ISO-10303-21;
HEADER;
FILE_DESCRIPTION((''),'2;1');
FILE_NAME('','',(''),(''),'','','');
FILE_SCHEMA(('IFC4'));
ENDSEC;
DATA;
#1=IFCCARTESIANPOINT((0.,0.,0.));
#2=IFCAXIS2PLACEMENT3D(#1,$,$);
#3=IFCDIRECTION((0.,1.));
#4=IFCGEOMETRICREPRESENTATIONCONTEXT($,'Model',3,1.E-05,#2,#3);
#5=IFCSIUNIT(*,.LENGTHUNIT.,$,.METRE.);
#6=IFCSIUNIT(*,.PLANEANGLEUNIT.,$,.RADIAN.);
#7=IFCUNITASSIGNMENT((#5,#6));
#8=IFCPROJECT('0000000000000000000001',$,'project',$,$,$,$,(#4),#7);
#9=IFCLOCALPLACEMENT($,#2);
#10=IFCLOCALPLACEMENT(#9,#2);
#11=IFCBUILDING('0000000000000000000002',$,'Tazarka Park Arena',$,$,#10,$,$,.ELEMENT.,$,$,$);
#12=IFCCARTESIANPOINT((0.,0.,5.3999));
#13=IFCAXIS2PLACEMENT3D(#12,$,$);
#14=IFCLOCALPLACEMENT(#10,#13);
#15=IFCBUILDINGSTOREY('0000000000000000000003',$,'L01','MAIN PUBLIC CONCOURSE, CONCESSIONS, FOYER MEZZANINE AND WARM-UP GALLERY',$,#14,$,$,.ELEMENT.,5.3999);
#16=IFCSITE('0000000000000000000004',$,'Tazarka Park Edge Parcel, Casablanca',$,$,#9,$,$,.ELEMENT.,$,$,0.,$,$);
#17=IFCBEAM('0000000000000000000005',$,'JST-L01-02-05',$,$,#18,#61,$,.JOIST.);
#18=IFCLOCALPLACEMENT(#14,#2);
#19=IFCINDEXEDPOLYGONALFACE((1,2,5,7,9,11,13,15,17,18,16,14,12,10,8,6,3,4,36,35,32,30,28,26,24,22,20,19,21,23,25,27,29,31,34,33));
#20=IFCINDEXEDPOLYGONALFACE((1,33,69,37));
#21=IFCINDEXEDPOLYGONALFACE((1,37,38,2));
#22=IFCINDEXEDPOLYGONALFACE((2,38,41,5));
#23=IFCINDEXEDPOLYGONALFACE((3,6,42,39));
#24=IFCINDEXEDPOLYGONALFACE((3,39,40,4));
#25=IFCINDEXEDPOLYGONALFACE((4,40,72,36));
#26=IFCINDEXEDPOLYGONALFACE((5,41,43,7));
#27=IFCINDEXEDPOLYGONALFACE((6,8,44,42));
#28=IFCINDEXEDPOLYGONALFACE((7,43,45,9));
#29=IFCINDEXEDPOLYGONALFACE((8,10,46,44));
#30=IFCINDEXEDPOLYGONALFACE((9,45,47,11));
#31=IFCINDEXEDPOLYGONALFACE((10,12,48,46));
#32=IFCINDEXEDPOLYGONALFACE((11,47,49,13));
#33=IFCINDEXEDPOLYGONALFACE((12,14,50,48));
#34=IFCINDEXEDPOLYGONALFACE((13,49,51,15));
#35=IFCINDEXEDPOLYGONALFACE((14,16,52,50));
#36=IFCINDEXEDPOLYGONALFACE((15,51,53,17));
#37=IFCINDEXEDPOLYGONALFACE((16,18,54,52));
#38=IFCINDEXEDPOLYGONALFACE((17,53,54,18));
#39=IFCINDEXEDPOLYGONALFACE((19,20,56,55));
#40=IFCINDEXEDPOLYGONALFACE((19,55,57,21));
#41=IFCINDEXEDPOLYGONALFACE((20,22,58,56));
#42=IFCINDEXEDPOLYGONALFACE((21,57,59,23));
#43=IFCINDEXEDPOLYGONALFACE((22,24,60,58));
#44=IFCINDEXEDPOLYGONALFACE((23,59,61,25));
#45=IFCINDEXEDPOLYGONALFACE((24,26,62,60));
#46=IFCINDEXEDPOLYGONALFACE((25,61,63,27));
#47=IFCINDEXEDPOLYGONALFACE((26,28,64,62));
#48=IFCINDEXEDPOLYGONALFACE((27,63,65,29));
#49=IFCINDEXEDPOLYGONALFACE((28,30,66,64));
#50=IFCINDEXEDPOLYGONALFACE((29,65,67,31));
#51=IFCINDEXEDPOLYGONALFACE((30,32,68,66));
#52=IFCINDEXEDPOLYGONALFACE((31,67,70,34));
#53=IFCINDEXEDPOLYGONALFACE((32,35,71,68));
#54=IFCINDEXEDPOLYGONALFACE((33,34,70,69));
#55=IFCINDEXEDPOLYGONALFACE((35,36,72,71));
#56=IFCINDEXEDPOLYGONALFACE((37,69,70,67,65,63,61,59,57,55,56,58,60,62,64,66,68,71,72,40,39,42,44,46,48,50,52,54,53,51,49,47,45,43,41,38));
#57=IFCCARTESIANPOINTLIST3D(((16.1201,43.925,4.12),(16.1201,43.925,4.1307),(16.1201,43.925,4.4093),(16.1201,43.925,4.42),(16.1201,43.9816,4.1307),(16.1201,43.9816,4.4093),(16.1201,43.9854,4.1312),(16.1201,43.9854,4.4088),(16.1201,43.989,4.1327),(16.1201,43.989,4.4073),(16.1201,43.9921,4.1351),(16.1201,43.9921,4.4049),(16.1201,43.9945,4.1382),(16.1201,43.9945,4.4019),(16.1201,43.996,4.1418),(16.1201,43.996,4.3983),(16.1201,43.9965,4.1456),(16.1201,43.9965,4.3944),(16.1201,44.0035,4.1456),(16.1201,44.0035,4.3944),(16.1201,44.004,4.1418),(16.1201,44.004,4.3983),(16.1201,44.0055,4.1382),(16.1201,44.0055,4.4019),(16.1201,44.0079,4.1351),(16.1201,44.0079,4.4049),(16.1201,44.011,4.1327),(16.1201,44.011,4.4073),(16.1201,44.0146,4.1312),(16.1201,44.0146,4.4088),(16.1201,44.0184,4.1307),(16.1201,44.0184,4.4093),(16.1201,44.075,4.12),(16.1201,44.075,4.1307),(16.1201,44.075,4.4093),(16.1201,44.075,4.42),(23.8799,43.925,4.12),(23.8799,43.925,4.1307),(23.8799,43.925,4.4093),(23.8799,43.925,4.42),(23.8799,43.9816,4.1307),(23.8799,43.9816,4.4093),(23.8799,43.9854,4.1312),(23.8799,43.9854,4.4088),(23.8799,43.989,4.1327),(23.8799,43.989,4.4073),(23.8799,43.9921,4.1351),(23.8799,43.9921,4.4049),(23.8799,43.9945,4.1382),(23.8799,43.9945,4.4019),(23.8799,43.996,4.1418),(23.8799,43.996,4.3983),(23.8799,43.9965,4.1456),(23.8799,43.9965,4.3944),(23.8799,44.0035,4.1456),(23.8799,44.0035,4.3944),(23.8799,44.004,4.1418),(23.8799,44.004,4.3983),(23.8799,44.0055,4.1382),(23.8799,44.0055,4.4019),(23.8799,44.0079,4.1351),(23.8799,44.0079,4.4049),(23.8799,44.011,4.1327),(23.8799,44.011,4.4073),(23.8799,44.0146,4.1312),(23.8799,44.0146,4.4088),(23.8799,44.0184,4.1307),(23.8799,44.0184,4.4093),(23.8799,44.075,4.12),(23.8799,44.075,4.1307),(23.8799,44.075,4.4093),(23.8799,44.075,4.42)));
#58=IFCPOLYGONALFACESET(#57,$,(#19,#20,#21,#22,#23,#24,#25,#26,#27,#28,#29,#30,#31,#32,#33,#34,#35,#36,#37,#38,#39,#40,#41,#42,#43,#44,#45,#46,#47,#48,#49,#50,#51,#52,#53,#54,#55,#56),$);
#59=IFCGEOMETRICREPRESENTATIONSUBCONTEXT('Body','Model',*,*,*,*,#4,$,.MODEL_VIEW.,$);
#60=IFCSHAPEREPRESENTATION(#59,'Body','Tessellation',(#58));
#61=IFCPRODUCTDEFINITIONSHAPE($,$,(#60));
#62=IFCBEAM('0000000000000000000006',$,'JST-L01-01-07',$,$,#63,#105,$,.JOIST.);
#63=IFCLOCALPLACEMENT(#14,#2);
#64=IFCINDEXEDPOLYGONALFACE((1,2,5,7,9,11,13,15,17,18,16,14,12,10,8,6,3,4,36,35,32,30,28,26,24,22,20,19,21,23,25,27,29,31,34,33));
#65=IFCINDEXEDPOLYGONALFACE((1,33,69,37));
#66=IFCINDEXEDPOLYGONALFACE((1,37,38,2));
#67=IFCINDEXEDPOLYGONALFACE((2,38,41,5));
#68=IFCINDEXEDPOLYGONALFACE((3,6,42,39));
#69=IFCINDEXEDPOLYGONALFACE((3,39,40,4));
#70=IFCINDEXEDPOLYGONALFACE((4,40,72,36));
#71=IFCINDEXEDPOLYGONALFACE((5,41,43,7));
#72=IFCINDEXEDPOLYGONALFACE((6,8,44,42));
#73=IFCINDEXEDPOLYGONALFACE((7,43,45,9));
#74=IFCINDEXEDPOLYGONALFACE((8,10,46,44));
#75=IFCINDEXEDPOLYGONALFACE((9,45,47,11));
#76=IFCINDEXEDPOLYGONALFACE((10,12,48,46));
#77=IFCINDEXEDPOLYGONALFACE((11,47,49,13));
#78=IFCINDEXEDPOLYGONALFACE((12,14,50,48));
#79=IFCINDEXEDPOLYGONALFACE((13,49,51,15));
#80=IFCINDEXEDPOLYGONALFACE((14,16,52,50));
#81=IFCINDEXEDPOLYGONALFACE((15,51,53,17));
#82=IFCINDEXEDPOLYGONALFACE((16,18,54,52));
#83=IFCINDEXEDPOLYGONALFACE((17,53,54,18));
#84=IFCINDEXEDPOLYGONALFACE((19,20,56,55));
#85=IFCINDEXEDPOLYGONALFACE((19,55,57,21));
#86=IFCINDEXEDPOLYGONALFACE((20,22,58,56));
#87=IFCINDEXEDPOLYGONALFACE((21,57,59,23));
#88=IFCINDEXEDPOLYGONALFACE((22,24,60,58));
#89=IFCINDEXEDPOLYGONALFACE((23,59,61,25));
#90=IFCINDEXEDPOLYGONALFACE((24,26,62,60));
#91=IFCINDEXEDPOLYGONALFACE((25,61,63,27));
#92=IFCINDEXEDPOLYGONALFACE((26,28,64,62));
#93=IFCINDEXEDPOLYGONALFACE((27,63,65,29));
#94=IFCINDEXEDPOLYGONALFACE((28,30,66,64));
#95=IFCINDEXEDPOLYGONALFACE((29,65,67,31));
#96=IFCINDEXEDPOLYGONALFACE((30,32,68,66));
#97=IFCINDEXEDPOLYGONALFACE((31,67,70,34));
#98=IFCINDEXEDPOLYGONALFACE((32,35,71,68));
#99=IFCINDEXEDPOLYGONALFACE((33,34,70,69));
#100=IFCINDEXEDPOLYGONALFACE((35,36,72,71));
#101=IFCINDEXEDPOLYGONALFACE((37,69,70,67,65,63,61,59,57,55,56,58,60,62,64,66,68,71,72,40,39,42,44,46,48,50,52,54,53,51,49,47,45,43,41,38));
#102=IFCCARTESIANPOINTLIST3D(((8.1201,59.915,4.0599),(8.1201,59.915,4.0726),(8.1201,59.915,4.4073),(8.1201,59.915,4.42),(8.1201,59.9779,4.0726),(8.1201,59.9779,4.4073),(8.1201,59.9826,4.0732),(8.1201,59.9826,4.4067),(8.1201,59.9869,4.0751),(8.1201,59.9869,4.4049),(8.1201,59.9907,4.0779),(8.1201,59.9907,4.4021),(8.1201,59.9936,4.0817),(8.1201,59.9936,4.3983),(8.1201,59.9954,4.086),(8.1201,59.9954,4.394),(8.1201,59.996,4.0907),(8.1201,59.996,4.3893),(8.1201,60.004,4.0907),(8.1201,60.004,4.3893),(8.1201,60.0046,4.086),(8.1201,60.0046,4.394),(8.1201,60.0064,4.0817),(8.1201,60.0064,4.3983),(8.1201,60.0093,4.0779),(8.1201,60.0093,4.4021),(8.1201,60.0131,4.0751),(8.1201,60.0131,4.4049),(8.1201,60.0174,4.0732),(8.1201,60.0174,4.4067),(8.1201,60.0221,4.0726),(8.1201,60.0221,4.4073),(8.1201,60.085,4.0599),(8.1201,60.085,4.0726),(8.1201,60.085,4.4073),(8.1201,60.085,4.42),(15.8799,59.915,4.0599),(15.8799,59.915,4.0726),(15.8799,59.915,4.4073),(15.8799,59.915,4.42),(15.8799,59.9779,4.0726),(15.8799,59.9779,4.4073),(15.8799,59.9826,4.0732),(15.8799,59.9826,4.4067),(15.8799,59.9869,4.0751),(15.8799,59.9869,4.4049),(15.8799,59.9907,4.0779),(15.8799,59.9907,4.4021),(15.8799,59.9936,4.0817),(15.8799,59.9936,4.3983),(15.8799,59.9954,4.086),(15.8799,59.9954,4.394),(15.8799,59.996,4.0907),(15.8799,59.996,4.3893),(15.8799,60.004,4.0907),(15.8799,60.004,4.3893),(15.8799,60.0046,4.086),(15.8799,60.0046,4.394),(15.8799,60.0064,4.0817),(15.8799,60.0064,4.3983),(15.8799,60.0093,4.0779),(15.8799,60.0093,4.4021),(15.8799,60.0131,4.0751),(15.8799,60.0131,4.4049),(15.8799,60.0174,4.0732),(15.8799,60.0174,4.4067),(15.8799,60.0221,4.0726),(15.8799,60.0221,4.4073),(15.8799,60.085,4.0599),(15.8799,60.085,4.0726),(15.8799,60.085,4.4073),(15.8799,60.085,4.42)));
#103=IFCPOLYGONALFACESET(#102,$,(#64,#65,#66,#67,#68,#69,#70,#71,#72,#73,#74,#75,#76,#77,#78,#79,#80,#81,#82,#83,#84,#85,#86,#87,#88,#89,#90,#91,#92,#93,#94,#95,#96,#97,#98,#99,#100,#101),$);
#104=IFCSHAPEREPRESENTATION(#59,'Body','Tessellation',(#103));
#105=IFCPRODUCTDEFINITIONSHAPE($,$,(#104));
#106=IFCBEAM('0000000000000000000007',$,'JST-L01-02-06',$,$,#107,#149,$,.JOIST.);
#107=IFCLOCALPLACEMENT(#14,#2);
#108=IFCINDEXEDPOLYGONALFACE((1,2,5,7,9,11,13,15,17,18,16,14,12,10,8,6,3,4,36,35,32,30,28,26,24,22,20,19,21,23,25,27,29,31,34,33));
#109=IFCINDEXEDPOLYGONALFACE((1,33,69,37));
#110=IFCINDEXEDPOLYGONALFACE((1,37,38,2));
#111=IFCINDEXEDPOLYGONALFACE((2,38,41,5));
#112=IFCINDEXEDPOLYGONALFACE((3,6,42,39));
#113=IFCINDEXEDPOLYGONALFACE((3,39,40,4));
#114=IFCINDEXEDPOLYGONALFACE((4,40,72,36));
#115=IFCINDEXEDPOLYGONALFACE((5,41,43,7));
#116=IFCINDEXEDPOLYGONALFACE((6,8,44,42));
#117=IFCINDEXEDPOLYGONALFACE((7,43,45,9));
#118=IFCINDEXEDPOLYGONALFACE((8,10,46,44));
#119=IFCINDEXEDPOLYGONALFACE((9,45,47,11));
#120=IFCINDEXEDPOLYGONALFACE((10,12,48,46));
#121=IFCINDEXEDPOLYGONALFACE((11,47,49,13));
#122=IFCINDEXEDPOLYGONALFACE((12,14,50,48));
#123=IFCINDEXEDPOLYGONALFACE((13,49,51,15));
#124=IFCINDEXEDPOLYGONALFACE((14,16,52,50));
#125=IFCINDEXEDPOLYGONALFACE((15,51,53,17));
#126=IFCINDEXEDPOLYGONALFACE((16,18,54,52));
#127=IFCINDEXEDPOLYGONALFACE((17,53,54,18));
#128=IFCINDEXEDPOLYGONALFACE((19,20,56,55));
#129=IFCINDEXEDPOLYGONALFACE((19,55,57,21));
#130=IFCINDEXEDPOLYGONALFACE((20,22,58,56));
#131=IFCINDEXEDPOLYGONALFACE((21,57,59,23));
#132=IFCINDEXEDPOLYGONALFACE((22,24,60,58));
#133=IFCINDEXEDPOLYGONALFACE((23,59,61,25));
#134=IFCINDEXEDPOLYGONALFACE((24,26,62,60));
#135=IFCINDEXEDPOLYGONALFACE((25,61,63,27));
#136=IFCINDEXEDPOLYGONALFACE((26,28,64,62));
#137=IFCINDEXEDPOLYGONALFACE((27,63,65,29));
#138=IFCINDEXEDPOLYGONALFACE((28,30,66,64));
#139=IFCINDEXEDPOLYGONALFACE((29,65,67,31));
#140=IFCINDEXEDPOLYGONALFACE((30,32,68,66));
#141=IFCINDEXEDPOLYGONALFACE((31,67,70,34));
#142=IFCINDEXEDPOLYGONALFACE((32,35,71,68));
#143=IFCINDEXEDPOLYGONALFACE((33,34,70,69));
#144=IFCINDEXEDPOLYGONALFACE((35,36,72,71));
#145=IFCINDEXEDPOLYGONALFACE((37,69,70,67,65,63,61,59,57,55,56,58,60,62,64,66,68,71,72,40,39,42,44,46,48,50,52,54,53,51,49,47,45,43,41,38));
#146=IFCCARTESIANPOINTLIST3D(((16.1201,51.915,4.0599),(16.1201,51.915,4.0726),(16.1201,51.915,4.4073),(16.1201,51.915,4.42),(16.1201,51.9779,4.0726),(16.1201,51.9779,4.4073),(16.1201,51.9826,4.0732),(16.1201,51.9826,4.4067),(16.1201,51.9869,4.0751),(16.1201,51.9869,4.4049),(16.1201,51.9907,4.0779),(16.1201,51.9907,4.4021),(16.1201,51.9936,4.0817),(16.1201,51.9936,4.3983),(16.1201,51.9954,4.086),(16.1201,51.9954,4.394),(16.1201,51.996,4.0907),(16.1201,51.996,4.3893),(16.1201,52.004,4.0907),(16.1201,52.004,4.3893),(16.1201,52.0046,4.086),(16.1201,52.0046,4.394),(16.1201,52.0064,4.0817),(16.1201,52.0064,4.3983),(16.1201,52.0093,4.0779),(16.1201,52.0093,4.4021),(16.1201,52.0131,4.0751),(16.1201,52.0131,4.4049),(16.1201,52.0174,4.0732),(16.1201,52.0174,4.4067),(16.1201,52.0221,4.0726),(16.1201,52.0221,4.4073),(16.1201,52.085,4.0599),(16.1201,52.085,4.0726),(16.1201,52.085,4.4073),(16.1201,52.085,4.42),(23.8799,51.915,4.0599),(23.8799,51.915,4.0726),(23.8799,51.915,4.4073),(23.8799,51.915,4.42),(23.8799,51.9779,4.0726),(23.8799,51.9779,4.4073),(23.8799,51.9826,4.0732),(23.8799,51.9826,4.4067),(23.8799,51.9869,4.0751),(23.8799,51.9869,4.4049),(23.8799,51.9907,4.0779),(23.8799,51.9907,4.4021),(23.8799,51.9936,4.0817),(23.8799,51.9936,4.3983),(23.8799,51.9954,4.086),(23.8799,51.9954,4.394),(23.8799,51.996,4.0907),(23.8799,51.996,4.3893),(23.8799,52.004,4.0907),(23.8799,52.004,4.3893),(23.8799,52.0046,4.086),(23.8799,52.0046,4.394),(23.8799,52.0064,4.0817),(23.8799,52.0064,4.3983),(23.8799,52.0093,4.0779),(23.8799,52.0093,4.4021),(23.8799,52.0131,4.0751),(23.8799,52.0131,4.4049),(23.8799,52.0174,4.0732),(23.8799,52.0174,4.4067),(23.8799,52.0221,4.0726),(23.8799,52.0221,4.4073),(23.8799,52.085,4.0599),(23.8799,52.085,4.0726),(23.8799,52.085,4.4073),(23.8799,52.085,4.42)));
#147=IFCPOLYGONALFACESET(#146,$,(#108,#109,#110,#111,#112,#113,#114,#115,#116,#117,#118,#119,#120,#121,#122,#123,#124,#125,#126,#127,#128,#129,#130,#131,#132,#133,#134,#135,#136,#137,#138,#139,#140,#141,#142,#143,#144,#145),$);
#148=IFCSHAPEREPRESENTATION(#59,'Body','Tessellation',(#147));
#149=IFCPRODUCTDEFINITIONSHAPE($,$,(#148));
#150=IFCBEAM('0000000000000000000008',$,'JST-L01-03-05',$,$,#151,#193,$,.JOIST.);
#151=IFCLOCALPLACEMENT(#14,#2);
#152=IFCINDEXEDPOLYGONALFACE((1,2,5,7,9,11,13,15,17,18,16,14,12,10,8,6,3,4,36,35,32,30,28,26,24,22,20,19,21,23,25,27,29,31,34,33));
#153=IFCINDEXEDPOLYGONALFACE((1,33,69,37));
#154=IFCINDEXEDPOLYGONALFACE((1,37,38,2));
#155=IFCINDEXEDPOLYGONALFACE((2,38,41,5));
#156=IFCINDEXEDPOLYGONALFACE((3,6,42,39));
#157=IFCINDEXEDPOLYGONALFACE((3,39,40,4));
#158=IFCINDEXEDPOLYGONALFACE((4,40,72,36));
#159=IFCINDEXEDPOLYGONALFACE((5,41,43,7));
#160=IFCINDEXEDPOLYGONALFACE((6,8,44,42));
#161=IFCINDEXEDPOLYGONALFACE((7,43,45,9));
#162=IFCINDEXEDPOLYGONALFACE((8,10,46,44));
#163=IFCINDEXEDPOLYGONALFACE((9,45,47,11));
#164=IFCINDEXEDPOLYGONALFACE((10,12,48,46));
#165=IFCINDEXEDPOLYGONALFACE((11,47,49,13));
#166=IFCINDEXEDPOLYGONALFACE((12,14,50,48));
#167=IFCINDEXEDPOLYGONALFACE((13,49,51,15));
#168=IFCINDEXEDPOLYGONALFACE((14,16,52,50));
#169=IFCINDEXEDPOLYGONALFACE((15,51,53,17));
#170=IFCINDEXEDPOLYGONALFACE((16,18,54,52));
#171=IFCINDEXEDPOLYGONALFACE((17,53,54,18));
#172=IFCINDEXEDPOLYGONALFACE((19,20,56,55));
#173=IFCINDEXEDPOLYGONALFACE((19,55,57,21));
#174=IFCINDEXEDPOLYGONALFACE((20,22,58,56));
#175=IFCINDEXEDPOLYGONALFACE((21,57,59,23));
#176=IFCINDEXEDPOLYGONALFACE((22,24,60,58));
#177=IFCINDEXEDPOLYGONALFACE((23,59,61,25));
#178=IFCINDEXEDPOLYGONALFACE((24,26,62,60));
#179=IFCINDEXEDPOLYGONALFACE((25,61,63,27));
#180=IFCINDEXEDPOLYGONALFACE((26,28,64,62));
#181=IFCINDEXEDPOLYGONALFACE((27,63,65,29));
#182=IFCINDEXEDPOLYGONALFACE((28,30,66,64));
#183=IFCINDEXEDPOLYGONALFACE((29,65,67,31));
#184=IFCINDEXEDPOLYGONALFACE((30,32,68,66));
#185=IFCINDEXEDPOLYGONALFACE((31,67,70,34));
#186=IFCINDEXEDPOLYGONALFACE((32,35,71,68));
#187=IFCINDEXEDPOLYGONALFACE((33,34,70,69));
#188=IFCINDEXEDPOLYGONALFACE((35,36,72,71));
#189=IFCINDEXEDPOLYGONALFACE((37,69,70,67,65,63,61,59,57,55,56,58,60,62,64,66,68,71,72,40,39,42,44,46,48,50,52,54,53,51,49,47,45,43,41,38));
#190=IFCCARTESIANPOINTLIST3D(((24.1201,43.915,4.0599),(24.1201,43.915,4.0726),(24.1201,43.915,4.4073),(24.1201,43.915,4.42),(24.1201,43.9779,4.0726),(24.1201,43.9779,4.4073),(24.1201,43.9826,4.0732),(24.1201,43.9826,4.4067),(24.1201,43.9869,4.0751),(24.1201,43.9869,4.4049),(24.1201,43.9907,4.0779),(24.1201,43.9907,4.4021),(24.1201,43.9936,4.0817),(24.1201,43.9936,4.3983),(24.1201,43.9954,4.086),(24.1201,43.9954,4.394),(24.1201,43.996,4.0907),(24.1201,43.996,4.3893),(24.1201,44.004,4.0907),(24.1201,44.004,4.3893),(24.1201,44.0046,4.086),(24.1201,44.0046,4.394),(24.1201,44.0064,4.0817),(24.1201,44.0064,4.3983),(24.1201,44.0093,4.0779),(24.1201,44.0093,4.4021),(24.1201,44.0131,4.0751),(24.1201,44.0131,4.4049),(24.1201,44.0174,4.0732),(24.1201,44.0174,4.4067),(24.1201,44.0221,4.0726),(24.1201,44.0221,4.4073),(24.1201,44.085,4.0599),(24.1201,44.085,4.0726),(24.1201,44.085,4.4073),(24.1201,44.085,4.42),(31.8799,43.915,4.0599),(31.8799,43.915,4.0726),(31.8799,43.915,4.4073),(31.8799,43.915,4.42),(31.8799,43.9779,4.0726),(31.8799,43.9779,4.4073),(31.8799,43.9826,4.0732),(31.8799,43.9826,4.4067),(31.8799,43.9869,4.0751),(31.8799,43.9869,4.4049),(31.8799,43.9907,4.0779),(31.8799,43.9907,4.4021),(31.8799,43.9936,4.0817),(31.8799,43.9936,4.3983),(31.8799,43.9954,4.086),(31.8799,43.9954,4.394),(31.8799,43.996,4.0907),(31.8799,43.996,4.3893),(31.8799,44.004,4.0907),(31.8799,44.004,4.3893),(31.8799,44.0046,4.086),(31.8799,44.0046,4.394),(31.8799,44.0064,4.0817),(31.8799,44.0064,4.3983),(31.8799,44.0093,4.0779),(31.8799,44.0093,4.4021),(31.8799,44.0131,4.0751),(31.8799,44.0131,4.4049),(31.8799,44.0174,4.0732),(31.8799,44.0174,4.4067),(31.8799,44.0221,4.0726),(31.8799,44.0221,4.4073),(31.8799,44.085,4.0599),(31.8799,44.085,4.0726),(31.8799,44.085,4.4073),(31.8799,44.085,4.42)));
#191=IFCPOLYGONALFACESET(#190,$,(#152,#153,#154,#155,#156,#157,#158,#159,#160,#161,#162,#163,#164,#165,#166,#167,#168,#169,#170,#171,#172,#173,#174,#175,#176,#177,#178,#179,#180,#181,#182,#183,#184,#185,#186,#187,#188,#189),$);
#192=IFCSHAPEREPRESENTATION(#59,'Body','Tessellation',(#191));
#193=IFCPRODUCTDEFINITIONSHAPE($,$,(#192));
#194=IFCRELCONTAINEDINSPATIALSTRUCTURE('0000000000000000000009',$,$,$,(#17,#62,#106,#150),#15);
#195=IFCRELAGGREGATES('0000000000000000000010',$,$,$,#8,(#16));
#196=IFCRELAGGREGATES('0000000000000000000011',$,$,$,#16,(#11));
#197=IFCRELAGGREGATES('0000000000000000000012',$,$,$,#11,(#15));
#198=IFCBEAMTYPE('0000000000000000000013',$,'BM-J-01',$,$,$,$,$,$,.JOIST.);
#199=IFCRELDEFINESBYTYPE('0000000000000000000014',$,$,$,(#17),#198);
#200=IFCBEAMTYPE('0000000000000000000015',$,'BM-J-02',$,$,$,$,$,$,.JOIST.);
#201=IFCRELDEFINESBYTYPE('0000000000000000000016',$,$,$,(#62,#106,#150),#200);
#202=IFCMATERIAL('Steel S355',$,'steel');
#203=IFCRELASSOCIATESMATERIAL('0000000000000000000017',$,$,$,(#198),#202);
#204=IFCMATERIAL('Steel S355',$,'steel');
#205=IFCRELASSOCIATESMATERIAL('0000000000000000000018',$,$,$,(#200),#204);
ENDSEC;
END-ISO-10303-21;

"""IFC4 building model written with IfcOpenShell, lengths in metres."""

from ifc_helpers import new_model, si_unit, direction, frame, origin, origin_2d, place, context, subcontext, project, spatial, i_section, extrude, material, material_profile, profile_set, type_object, element, save


model = new_model("IFC4")

# Units and contexts
model_context = context("Model", 3, precision=1e-05, world=origin(), true_north=direction((0.0, 1.0)))
body_context = subcontext(model_context, "Body", "Model", "MODEL_VIEW")
ifc_project = project(units=[si_unit("LENGTHUNIT", "METRE"), si_unit("PLANEANGLEUNIT", "RADIAN")], contexts=[model_context])

# Site, building, storey
site_placement = place(None, origin())
site = spatial("IfcSite", under=ifc_project, at=site_placement, Name="Tazarka Park Edge Parcel, Casablanca", CompositionType="ELEMENT", RefElevation=0.0)
building_placement = place(site_placement, origin())
building = spatial("IfcBuilding", under=site, at=building_placement, Name="Tazarka Park Arena", CompositionType="ELEMENT")
storey_placement = place(building_placement, frame((0.0, 0.0, 5.3999)))
storey = spatial("IfcBuildingStorey", under=building, at=storey_placement, Name="L01", Description="MAIN PUBLIC CONCOURSE, CONCESSIONS, FOYER MEZZANINE AND WARM-UP GALLERY", CompositionType="ELEMENT", Elevation=5.3999)

# Beams
ifc_material_1 = material(Name="Steel S355", Category="steel")
ifc_material_profile_1 = material_profile(ifc_material_1, i_section(OverallWidth=0.1499, OverallDepth=0.3, WebThickness=0.0071, FlangeThickness=0.0107, FilletRadius=0.0149, at=origin_2d()), Name="Steel S355")
ifc_profile_set_1 = profile_set([ifc_material_profile_1], Name="Steel S355")
beam_type_1 = type_object("IfcBeamType", Name="BM-J-01", PredefinedType="JOIST", material=ifc_profile_set_1)
for number, where, z_axis, x_axis, name in (
    (1, (16.1201, 44.0, 4.27), (1.0, 0.0, 0.0), (0.0, 1.0, 0.0), "JST-L01-02-05"),
):
    element("IfcBeam", number, at=place(storey_placement, frame(where, z_axis=z_axis, x_axis=x_axis)), inside=storey, type_object=beam_type_1, Name=name, PredefinedType="JOIST", context=body_context, shape_type="SweptSolid", body=[
        extrude(i_section(OverallWidth=0.1499, OverallDepth=0.3, WebThickness=0.0071, FlangeThickness=0.0107, FilletRadius=0.0149, at=origin_2d()), origin(), (0.0, 0.0, 1.0), 7.7598),
    ])
ifc_material_2 = material(Name="Steel S355", Category="steel")
ifc_material_profile_2 = material_profile(ifc_material_2, i_section(OverallWidth=0.1699, OverallDepth=0.3601, WebThickness=0.0081, FlangeThickness=0.0127, FilletRadius=0.0181, at=origin_2d()), Name="Steel S355")
ifc_profile_set_2 = profile_set([ifc_material_profile_2], Name="Steel S355")
beam_type_2 = type_object("IfcBeamType", Name="BM-J-02", PredefinedType="JOIST", material=ifc_profile_set_2)
for number, where, z_axis, x_axis, name in (
    (2, (8.1201, 60.0, 4.24), (1.0, 0.0, 0.0), (0.0, 1.0, 0.0), "JST-L01-01-07"),
    (3, (16.1201, 52.0, 4.24), (1.0, 0.0, 0.0), (0.0, 1.0, 0.0), "JST-L01-02-06"),
    (4, (24.1201, 44.0, 4.24), (1.0, 0.0, 0.0), (0.0, 1.0, 0.0), "JST-L01-03-05"),
):
    element("IfcBeam", number, at=place(storey_placement, frame(where, z_axis=z_axis, x_axis=x_axis)), inside=storey, type_object=beam_type_2, Name=name, PredefinedType="JOIST", context=body_context, shape_type="SweptSolid", body=[
        extrude(i_section(OverallWidth=0.1699, OverallDepth=0.3601, WebThickness=0.0081, FlangeThickness=0.0127, FilletRadius=0.0181, at=origin_2d()), origin(), (0.0, 0.0, 1.0), 7.7598),
    ])

save(model, "model.ifc")
